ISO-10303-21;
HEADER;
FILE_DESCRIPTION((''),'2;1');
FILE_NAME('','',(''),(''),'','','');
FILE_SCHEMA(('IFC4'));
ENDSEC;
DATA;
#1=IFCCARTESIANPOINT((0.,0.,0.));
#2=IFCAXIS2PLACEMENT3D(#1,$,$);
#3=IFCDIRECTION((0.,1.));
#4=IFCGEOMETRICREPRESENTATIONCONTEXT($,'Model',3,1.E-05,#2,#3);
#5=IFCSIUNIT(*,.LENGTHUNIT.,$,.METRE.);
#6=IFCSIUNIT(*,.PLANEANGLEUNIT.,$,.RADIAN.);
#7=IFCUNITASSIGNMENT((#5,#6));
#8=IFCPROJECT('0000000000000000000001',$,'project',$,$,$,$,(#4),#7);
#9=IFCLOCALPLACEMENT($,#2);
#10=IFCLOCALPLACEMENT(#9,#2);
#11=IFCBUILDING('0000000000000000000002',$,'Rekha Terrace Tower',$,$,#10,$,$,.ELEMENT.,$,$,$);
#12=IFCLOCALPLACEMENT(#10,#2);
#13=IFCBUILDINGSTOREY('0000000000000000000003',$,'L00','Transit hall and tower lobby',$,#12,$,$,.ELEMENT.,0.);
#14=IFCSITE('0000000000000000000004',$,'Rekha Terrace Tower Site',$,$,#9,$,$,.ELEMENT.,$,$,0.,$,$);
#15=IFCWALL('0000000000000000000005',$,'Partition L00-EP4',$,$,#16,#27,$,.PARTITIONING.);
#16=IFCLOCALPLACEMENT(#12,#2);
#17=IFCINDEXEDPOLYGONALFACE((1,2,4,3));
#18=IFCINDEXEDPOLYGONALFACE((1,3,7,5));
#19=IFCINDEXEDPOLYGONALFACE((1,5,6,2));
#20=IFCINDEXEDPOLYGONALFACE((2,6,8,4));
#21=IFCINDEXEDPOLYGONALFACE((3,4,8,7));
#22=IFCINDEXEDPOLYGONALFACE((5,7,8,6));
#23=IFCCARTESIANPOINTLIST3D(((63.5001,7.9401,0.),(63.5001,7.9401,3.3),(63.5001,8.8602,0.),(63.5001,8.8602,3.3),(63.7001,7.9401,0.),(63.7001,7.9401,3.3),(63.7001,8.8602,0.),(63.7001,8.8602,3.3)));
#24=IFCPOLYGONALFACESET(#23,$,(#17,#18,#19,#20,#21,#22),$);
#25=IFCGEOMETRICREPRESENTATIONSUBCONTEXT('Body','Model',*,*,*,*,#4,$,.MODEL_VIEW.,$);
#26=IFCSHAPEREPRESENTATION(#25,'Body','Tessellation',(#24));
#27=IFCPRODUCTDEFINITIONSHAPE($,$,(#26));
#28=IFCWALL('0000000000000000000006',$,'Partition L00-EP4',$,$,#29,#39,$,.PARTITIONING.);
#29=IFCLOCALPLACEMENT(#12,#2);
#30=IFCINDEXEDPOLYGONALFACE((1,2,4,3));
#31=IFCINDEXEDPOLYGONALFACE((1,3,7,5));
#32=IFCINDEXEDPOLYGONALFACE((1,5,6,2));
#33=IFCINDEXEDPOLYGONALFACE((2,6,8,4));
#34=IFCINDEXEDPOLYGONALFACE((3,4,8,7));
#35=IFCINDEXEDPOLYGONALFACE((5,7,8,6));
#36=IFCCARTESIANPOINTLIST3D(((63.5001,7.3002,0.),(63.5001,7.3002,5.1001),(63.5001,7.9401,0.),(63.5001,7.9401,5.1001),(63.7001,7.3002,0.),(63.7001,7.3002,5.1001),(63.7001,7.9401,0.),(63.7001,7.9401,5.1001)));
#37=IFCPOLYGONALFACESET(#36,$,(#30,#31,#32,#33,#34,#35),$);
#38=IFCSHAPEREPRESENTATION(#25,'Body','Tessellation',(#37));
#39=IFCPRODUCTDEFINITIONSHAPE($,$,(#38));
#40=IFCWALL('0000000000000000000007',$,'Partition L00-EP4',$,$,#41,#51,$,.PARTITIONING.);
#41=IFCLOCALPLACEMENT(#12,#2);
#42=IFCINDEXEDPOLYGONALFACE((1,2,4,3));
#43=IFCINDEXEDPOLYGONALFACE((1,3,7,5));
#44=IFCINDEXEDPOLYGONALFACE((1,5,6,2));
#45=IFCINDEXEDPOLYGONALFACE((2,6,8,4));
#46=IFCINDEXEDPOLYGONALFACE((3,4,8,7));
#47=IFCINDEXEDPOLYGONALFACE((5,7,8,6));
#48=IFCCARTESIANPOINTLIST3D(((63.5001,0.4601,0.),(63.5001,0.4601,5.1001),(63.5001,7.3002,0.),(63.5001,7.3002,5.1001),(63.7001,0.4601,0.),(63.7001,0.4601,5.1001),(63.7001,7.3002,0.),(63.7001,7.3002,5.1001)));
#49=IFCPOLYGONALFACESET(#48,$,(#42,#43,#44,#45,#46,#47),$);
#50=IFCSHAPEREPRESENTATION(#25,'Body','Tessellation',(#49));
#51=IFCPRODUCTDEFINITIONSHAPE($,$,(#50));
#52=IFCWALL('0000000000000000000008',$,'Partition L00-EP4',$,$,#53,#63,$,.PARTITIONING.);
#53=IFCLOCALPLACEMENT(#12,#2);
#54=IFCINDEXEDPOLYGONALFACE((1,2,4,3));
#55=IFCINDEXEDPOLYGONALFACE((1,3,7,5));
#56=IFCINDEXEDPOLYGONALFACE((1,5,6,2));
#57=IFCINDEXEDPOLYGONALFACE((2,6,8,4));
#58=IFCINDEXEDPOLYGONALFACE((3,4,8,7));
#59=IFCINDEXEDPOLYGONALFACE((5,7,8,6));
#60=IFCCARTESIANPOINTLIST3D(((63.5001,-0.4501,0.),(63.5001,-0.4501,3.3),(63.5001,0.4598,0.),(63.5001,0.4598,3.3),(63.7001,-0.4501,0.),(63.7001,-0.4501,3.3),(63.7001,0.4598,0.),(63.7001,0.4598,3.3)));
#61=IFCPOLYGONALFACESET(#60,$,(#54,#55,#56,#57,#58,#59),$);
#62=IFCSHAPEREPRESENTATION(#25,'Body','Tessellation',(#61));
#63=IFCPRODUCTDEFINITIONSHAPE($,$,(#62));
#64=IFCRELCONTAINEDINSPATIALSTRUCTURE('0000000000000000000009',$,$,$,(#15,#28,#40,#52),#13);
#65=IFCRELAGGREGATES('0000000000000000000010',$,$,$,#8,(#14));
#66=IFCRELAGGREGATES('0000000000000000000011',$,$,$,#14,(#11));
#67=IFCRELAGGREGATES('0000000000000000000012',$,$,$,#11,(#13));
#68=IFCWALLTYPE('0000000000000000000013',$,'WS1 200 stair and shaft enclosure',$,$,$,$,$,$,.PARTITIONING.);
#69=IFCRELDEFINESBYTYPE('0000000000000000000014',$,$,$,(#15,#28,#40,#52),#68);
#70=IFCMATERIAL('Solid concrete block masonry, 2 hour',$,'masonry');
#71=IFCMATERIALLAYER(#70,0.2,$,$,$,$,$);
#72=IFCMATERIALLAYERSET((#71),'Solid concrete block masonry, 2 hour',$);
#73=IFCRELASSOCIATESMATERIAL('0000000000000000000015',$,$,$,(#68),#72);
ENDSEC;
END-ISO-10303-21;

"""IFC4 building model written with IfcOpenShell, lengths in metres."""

from ifc_helpers import new_model, si_unit, direction, frame, frame_2d, origin, place, context, subcontext, project, spatial, rectangle, extrude, material, layer, layer_set, type_object, element, save


model = new_model("IFC4")

# Units and contexts
model_context = context("Model", 3, precision=1e-05, world=origin(), true_north=direction((0.0, 1.0)))
body_context = subcontext(model_context, "Body", "Model", "MODEL_VIEW")
ifc_project = project(units=[si_unit("LENGTHUNIT", "METRE"), si_unit("PLANEANGLEUNIT", "RADIAN")], contexts=[model_context])

# Site, building, storey
site_placement = place(None, origin())
site = spatial("IfcSite", under=ifc_project, at=site_placement, Name="Rekha Terrace Tower Site", CompositionType="ELEMENT", RefElevation=0.0)
building_placement = place(site_placement, origin())
building = spatial("IfcBuilding", under=site, at=building_placement, Name="Rekha Terrace Tower", CompositionType="ELEMENT")
storey_placement = place(building_placement, origin())
storey = spatial("IfcBuildingStorey", under=building, at=storey_placement, Name="L00", Description="Transit hall and tower lobby", CompositionType="ELEMENT", Elevation=0.0)

# Walls
ifc_material_1 = material(Name="Solid concrete block masonry, 2 hour", Category="masonry")
ifc_layer_1 = layer(ifc_material_1, 0.2)
ifc_layer_set_1 = layer_set([ifc_layer_1], Name="Solid concrete block masonry, 2 hour")
wall_type_1 = type_object("IfcWallType", Name="WS1 200 stair and shaft enclosure", PredefinedType="PARTITIONING", material=ifc_layer_set_1)
wall_1_placement = place(storey_placement, frame((63.6001, 8.8601, 0.0), z_axis=(0.0, 0.0, 1.0), x_axis=(0.0, -1.0, 0.0)))
element("IfcWall", 1, at=wall_1_placement, inside=storey, type_object=wall_type_1, Name="Partition L00-EP4", PredefinedType="PARTITIONING", context=body_context, shape_type="SweptSolid", body=[
    extrude(rectangle(XDim=0.9202, YDim=0.2, at=frame_2d((0.46, 0.0))), origin(), (0.0, 0.0, 1.0), 3.3),
])
wall_2_placement = place(storey_placement, frame((63.6001, 7.9399, 0.0), z_axis=(0.0, 0.0, 1.0), x_axis=(0.0, -1.0, 0.0)))
element("IfcWall", 2, at=wall_2_placement, inside=storey, type_object=wall_type_1, Name="Partition L00-EP4", PredefinedType="PARTITIONING", context=body_context, shape_type="SweptSolid", body=[
    extrude(rectangle(XDim=0.6399, YDim=0.2, at=frame_2d((0.3198, 0.0))), origin(), (0.0, 0.0, 1.0), 5.1001),
])
wall_3_placement = place(storey_placement, frame((63.6001, 7.3, 0.0), z_axis=(0.0, 0.0, 1.0), x_axis=(0.0, -1.0, 0.0)))
element("IfcWall", 3, at=wall_3_placement, inside=storey, type_object=wall_type_1, Name="Partition L00-EP4", PredefinedType="PARTITIONING", context=body_context, shape_type="SweptSolid", body=[
    extrude(rectangle(XDim=6.8401, YDim=0.2, at=frame_2d((3.4199, 0.0))), origin(), (0.0, 0.0, 1.0), 5.1001),
])
wall_4_placement = place(storey_placement, frame((63.6001, 0.46, 0.0), z_axis=(0.0, 0.0, 1.0), x_axis=(0.0, -1.0, 0.0)))
element("IfcWall", 4, at=wall_4_placement, inside=storey, type_object=wall_type_1, Name="Partition L00-EP4", PredefinedType="PARTITIONING", context=body_context, shape_type="SweptSolid", body=[
    extrude(rectangle(XDim=0.9099, YDim=0.2, at=frame_2d((0.4551, 0.0))), origin(), (0.0, 0.0, 1.0), 3.3),
])

save(model, "model.ifc")
